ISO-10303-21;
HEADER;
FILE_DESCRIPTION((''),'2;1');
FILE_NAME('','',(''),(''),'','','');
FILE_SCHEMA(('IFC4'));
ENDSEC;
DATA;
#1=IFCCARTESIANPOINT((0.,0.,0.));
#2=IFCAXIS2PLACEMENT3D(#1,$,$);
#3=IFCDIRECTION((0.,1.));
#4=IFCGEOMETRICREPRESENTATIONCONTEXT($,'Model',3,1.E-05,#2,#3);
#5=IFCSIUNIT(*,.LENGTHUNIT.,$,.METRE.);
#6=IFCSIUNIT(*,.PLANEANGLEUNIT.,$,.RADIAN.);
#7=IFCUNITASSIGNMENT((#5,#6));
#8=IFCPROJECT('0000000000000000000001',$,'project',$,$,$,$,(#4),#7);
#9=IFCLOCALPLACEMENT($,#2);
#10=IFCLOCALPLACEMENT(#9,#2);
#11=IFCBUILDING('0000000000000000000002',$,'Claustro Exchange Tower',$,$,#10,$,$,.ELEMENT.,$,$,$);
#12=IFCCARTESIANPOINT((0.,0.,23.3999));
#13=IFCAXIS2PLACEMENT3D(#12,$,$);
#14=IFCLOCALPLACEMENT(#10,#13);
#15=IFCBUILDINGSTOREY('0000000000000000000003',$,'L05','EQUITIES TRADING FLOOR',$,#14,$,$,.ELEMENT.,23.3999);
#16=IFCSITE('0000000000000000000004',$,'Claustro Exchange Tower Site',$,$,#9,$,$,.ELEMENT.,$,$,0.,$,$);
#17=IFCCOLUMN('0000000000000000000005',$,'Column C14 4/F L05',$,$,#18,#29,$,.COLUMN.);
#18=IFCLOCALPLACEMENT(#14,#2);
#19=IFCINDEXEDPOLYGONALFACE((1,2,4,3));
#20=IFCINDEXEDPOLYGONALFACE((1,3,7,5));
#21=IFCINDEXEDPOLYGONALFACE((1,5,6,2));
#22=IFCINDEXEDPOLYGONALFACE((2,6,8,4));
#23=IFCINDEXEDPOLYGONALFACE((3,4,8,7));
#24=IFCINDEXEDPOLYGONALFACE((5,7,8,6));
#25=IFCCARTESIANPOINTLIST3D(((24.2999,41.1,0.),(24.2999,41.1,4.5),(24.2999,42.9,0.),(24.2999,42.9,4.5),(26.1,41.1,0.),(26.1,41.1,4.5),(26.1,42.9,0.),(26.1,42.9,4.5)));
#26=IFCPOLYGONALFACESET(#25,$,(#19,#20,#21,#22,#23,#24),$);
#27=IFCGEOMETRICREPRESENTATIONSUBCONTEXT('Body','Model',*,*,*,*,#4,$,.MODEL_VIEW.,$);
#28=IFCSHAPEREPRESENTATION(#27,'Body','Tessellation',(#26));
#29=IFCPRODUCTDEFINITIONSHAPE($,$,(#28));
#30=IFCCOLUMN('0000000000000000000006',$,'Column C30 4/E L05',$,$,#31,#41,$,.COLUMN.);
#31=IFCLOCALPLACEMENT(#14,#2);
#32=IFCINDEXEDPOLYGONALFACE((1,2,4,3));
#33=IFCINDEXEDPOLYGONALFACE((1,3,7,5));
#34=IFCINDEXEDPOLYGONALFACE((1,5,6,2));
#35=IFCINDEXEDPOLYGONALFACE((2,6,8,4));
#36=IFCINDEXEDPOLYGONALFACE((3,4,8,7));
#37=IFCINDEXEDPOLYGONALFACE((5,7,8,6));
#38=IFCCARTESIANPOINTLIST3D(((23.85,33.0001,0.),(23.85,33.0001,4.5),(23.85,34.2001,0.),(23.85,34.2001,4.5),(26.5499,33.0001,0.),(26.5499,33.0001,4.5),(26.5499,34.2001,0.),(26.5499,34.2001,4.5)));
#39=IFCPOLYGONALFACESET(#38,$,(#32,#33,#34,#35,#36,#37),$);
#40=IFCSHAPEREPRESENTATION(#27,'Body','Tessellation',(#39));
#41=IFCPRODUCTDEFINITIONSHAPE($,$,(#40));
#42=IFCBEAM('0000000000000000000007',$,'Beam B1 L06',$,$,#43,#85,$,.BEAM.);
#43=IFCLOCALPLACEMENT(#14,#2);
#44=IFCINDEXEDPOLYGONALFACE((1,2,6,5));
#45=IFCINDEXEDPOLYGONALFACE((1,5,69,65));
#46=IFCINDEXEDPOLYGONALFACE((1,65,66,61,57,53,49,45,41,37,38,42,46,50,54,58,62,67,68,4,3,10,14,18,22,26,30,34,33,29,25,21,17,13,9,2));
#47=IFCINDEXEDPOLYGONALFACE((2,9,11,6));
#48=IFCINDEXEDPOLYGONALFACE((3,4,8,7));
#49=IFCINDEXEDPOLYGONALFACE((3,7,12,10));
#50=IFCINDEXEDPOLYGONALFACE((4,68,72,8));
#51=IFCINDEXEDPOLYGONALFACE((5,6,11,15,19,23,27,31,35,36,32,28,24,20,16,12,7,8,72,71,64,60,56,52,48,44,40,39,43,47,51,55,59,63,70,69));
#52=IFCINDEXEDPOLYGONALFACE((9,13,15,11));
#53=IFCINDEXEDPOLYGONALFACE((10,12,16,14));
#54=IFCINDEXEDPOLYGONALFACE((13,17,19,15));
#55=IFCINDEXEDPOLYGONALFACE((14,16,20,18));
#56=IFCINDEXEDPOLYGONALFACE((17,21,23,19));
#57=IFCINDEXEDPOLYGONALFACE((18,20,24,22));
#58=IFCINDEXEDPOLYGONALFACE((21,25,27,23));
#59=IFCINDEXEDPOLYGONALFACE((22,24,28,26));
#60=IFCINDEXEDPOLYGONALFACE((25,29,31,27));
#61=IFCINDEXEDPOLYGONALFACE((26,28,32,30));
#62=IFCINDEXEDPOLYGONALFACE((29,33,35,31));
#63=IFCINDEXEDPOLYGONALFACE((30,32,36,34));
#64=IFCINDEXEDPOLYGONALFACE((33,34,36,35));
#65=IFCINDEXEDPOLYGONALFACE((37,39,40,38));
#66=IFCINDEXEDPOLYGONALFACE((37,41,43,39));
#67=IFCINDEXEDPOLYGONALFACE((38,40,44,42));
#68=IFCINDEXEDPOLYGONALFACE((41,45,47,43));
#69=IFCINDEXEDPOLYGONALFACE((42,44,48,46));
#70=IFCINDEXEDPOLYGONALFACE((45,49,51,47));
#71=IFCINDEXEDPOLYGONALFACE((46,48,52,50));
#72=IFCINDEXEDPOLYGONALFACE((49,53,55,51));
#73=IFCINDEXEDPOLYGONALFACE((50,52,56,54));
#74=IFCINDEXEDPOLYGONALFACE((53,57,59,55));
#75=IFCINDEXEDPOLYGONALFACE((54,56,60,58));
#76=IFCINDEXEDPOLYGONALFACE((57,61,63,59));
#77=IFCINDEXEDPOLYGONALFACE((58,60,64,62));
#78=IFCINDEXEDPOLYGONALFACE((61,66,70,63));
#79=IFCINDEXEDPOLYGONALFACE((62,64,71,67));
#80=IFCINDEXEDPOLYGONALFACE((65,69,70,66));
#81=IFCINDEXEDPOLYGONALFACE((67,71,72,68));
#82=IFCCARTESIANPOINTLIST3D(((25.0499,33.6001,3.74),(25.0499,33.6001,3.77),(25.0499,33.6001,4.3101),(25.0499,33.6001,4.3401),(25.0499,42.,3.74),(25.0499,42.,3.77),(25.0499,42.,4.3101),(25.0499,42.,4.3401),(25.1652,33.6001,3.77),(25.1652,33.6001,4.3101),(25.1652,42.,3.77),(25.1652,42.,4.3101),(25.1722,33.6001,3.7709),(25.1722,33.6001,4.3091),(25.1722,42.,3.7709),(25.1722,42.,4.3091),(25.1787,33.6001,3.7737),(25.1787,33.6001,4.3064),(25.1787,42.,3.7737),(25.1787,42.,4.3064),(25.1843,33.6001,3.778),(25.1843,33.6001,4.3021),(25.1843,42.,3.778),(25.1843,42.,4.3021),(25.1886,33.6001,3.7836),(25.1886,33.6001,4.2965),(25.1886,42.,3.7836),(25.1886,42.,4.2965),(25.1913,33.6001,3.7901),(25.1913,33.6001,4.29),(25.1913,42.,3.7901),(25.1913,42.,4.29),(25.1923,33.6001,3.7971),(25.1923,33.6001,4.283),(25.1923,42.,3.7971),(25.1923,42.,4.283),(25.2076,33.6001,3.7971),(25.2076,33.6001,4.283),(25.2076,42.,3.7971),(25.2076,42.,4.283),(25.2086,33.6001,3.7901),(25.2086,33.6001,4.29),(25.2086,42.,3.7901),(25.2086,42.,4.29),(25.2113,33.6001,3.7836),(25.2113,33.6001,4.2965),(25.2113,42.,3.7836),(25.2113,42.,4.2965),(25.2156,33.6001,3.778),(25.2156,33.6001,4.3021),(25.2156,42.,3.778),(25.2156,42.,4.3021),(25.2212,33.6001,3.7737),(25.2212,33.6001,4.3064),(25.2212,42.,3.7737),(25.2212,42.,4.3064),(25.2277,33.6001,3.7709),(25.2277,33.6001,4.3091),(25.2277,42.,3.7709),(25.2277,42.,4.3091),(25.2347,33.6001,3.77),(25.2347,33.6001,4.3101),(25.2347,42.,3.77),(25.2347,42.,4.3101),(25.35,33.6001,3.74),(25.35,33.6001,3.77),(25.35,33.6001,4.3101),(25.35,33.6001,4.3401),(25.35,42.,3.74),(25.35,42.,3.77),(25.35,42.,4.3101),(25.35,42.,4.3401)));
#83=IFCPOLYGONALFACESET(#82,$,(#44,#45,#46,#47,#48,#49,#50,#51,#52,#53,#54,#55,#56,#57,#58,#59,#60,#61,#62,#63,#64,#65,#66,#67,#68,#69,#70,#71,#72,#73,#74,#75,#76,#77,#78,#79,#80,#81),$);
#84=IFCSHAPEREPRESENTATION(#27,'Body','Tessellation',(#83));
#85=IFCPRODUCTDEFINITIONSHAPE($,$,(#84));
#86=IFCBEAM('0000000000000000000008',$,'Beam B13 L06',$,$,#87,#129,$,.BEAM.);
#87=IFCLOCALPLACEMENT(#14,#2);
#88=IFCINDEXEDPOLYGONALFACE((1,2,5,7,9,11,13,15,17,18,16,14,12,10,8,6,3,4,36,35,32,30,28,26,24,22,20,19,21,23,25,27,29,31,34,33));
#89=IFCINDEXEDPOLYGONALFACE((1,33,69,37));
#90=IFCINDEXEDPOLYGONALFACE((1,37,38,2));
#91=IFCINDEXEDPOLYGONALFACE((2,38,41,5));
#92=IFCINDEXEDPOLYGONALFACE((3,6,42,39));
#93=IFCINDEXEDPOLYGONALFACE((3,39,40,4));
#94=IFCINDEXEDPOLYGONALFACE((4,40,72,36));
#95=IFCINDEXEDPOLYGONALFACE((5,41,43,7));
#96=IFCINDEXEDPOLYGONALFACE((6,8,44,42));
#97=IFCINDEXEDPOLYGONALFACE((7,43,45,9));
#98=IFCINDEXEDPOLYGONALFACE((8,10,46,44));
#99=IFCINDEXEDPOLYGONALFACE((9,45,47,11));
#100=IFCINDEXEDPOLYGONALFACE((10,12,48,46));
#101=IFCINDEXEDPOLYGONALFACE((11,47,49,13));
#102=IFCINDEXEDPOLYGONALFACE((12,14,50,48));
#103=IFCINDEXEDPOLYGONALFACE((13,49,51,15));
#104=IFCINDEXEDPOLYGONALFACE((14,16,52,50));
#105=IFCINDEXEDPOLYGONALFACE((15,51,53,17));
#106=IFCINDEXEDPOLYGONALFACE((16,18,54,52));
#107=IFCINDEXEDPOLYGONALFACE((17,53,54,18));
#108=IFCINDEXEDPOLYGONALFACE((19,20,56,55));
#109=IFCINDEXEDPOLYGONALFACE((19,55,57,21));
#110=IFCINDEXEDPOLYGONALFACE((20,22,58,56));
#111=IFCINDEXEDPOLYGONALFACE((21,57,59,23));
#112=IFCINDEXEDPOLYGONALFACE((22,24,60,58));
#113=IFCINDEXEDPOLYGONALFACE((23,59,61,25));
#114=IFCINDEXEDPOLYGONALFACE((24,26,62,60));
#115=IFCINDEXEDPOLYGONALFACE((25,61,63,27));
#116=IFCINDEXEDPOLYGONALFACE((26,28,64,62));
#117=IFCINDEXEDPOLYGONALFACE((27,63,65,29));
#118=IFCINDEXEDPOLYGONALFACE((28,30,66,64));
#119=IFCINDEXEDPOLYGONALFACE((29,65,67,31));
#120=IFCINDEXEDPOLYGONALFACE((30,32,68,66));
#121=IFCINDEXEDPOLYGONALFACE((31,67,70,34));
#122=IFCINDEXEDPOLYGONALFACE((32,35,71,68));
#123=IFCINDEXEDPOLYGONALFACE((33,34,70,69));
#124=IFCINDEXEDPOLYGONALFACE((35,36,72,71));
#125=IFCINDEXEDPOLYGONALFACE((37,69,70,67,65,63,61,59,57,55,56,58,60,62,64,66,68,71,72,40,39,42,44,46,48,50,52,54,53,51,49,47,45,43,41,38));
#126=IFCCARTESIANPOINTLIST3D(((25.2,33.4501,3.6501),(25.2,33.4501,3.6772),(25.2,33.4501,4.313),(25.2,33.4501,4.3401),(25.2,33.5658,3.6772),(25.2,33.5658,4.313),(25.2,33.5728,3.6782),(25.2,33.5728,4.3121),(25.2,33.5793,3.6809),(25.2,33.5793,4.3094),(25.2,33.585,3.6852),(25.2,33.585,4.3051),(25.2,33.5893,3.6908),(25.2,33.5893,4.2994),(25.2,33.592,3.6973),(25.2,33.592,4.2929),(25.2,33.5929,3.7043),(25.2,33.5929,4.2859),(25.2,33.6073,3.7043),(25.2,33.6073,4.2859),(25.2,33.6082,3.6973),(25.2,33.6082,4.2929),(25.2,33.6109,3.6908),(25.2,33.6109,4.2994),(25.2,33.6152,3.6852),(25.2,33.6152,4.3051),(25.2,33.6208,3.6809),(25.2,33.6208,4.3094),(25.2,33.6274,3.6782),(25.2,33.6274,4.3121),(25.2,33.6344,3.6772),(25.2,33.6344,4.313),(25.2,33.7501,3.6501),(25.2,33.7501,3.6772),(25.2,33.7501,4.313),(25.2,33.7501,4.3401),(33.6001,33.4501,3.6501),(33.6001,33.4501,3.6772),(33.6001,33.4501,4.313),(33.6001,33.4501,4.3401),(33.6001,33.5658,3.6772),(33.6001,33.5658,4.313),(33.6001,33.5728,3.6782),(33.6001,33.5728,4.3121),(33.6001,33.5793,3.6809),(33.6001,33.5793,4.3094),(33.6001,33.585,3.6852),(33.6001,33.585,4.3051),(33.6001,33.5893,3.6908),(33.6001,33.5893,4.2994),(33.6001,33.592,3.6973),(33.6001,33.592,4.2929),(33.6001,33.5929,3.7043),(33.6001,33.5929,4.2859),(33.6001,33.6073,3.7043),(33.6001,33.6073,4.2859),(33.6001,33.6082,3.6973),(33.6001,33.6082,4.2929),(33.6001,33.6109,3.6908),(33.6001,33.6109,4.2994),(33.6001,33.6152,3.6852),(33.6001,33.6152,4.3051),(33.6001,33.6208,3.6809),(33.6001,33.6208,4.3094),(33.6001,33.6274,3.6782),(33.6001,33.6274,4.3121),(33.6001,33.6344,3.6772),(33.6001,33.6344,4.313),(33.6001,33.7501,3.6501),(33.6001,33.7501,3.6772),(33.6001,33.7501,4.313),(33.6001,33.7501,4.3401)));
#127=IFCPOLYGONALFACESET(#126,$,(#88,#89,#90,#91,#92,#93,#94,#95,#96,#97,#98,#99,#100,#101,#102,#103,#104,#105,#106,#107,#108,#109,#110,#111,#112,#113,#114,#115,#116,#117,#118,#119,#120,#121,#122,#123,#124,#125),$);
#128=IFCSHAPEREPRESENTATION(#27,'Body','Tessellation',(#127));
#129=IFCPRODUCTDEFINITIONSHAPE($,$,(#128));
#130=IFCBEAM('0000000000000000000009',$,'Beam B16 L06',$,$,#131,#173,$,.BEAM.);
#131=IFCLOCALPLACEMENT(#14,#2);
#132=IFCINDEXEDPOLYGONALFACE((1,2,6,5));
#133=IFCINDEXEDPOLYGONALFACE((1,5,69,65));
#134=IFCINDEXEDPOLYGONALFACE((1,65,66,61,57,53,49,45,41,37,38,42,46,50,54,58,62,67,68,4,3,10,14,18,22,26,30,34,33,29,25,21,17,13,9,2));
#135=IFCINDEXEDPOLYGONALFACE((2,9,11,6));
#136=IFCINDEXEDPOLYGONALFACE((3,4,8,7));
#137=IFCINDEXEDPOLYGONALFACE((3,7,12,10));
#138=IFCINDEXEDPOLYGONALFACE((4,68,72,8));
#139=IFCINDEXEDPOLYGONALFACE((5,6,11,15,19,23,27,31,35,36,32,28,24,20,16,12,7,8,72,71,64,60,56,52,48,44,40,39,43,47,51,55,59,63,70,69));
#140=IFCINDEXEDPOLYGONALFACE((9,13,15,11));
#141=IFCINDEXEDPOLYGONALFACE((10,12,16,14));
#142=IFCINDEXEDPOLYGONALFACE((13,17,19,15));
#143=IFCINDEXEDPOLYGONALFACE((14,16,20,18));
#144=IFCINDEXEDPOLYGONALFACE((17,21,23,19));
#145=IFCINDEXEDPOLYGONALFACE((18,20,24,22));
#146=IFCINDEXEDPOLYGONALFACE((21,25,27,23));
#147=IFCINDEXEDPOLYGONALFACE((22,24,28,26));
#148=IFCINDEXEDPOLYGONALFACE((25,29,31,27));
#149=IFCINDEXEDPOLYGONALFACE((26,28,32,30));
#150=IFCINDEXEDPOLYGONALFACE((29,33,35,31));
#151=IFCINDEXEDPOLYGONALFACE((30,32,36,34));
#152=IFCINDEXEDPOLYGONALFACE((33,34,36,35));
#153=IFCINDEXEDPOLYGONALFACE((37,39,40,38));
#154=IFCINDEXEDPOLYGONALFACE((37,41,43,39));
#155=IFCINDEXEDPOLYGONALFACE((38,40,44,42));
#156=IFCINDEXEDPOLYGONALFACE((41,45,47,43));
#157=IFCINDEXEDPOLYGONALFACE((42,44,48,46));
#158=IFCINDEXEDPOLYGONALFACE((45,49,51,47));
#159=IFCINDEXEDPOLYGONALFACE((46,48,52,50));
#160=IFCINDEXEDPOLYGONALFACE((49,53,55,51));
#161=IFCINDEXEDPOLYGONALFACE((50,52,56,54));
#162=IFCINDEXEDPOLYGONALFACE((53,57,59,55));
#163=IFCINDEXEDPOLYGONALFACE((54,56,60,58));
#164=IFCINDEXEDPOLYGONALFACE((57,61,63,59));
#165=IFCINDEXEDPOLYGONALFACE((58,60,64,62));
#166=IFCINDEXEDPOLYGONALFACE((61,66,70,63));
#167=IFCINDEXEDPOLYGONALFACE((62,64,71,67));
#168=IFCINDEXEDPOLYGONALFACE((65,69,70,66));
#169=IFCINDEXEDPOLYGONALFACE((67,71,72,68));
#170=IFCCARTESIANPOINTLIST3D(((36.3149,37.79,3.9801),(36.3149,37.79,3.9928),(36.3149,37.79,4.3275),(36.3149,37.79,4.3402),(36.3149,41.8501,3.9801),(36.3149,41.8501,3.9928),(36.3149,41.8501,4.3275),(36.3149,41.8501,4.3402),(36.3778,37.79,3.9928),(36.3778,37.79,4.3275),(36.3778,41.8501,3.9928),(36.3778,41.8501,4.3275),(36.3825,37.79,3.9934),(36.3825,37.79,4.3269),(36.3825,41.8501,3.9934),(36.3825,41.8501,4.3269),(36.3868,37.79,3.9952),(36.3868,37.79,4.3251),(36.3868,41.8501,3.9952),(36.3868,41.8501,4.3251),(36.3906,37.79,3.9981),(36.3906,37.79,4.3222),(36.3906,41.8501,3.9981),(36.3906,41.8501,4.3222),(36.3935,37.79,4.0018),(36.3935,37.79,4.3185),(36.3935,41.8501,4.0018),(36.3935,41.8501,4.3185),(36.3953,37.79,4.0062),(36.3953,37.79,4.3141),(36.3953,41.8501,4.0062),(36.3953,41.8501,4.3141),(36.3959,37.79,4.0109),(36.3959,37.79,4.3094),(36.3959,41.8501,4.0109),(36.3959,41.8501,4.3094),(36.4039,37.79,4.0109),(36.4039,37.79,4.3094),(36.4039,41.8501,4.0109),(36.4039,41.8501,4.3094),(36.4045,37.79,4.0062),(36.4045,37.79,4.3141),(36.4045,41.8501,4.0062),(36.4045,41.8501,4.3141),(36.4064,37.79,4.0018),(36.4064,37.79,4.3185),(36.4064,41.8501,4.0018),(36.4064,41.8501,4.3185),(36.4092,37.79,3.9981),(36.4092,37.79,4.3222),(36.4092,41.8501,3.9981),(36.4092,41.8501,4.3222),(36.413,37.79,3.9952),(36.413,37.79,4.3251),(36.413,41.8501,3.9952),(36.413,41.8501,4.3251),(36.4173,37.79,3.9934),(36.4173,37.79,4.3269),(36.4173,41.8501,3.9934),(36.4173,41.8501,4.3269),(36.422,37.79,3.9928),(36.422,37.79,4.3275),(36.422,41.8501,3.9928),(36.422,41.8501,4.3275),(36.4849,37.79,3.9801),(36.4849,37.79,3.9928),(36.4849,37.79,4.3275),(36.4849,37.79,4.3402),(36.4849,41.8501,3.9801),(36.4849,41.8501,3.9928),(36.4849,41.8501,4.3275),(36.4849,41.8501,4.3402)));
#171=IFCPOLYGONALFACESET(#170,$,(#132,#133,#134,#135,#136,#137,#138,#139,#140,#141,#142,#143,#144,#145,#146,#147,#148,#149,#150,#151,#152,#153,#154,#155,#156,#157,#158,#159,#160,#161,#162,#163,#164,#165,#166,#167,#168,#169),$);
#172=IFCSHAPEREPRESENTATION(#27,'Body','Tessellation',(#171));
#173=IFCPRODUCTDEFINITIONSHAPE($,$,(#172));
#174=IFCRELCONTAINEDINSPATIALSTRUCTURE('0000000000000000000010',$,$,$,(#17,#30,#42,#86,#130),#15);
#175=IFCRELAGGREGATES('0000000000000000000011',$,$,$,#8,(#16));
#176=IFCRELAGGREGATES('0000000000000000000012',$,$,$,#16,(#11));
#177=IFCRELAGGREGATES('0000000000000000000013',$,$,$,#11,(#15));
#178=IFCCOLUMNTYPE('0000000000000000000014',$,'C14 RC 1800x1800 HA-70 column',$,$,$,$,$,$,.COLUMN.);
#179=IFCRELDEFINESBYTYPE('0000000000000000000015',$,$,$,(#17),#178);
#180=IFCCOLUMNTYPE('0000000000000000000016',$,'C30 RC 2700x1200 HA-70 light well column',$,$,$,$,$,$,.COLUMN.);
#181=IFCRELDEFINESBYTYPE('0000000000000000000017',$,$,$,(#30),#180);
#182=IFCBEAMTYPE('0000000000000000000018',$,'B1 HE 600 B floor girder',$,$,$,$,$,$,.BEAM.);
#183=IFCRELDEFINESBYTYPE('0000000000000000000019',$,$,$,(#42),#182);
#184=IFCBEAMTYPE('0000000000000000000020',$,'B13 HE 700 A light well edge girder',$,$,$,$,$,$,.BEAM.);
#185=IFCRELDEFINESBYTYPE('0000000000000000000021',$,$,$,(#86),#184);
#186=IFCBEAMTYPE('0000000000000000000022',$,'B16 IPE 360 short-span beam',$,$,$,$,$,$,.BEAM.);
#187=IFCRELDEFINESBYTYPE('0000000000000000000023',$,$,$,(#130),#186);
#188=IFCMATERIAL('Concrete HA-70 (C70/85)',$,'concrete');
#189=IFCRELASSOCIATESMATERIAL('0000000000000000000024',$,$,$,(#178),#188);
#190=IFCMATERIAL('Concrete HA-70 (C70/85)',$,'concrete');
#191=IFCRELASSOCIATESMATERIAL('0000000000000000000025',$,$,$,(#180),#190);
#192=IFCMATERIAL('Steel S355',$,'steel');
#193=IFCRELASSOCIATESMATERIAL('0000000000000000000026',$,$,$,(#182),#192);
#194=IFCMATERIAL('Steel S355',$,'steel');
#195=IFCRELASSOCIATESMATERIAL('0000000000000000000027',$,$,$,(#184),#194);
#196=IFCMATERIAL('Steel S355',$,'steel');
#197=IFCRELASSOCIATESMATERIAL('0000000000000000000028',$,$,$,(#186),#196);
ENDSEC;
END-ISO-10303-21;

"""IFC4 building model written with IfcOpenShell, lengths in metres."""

from ifc_helpers import new_model, si_unit, direction, frame, origin, origin_2d, place, context, subcontext, project, spatial, rectangle, i_section, extrude, material, material_profile, profile_set, type_object, element, save


model = new_model("IFC4")

# Units and contexts
model_context = context("Model", 3, precision=1e-05, world=origin(), true_north=direction((0.0, 1.0)))
body_context = subcontext(model_context, "Body", "Model", "MODEL_VIEW")
ifc_project = project(units=[si_unit("LENGTHUNIT", "METRE"), si_unit("PLANEANGLEUNIT", "RADIAN")], contexts=[model_context])

# Site, building, storey
site_placement = place(None, origin())
site = spatial("IfcSite", under=ifc_project, at=site_placement, Name="Claustro Exchange Tower Site", CompositionType="ELEMENT", RefElevation=0.0)
building_placement = place(site_placement, origin())
building = spatial("IfcBuilding", under=site, at=building_placement, Name="Claustro Exchange Tower", CompositionType="ELEMENT")
storey_placement = place(building_placement, frame((0.0, 0.0, 23.3999)))
storey = spatial("IfcBuildingStorey", under=building, at=storey_placement, Name="L05", Description="EQUITIES TRADING FLOOR", CompositionType="ELEMENT", Elevation=23.3999)

# Columns
ifc_material_1 = material(Name="Concrete HA-70 (C70/85)", Category="concrete")
ifc_material_profile_1 = material_profile(ifc_material_1, rectangle(XDim=1.8, YDim=1.8, at=origin_2d()), Name="RC 1800x1800")
ifc_profile_set_1 = profile_set([ifc_material_profile_1], Name="Concrete HA-70 (C70/85)")
column_type_1 = type_object("IfcColumnType", Name="C14 RC 1800x1800 HA-70 column", PredefinedType="COLUMN", material=ifc_profile_set_1)
column_1_placement = place(storey_placement, frame((25.2, 42.0, 0.0), z_axis=(0.0, 0.0, 1.0), x_axis=(1.0, 0.0, 0.0)))
element("IfcColumn", 1, at=column_1_placement, inside=storey, type_object=column_type_1, Name="Column C14 4/F L05", PredefinedType="COLUMN", context=body_context, shape_type="SweptSolid", body=[
    extrude(rectangle(XDim=1.8, YDim=1.8, at=origin_2d()), origin(), (0.0, 0.0, 1.0), 4.5),
])
ifc_material_2 = material(Name="Concrete HA-70 (C70/85)", Category="concrete")
ifc_material_profile_2 = material_profile(ifc_material_2, rectangle(XDim=2.7, YDim=1.2, at=origin_2d()), Name="RC 2700x1200")
ifc_profile_set_2 = profile_set([ifc_material_profile_2], Name="Concrete HA-70 (C70/85)")
column_type_2 = type_object("IfcColumnType", Name="C30 RC 2700x1200 HA-70 light well column", PredefinedType="COLUMN", material=ifc_profile_set_2)
column_2_placement = place(storey_placement, frame((25.2, 33.6001, 0.0), z_axis=(0.0, 0.0, 1.0), x_axis=(1.0, 0.0, 0.0)))
element("IfcColumn", 2, at=column_2_placement, inside=storey, type_object=column_type_2, Name="Column C30 4/E L05", PredefinedType="COLUMN", context=body_context, shape_type="SweptSolid", body=[
    extrude(rectangle(XDim=2.7, YDim=1.2, at=origin_2d()), origin(), (0.0, 0.0, 1.0), 4.5),
])

# Beams
ifc_material_3 = material(Name="Steel S355", Category="steel")
ifc_material_profile_3 = material_profile(ifc_material_3, i_section(OverallWidth=0.3, OverallDepth=0.6001, WebThickness=0.0154, FlangeThickness=0.03, FilletRadius=0.0271, at=origin_2d()), Name="HE 600 B")
ifc_profile_set_3 = profile_set([ifc_material_profile_3], Name="Steel S355")
beam_type_1 = type_object("IfcBeamType", Name="B1 HE 600 B floor girder", PredefinedType="BEAM", material=ifc_profile_set_3)
beam_1_placement = place(storey_placement, frame((25.2, 33.6001, 4.04), z_axis=(0.0, 1.0, 0.0), x_axis=(-1.0, 0.0, 0.0)))
element("IfcBeam", 3, at=beam_1_placement, inside=storey, type_object=beam_type_1, Name="Beam B1 L06", PredefinedType="BEAM", context=body_context, shape_type="SweptSolid", body=[
    extrude(i_section(OverallWidth=0.3, OverallDepth=0.6001, WebThickness=0.0154, FlangeThickness=0.03, FilletRadius=0.0271, at=origin_2d()), origin(), (0.0, 0.0, 1.0), 8.3999),
])
ifc_material_4 = material(Name="Steel S355", Category="steel")
ifc_material_profile_4 = material_profile(ifc_material_4, i_section(OverallWidth=0.3, OverallDepth=0.6899, WebThickness=0.0144, FlangeThickness=0.0271, FilletRadius=0.0271, at=origin_2d()), Name="HE 700 A")
ifc_profile_set_4 = profile_set([ifc_material_profile_4], Name="Steel S355")
beam_type_2 = type_object("IfcBeamType", Name="B13 HE 700 A light well edge girder", PredefinedType="BEAM", material=ifc_profile_set_4)
beam_2_placement = place(storey_placement, frame((25.2, 33.6001, 3.9951), z_axis=(1.0, 0.0, 0.0), x_axis=(0.0, 1.0, 0.0)))
element("IfcBeam", 4, at=beam_2_placement, inside=storey, type_object=beam_type_2, Name="Beam B13 L06", PredefinedType="BEAM", context=body_context, shape_type="SweptSolid", body=[
    extrude(i_section(OverallWidth=0.3, OverallDepth=0.6899, WebThickness=0.0144, FlangeThickness=0.0271, FilletRadius=0.0271, at=origin_2d()), origin(), (0.0, 0.0, 1.0), 8.4001),
])
ifc_material_5 = material(Name="Steel S355", Category="steel")
ifc_material_profile_5 = material_profile(ifc_material_5, i_section(OverallWidth=0.1699, OverallDepth=0.3601, WebThickness=0.0081, FlangeThickness=0.0127, FilletRadius=0.0181, at=origin_2d()), Name="IPE 360")
ifc_profile_set_5 = profile_set([ifc_material_profile_5], Name="Steel S355")
beam_type_3 = type_object("IfcBeamType", Name="B16 IPE 360 short-span beam", PredefinedType="BEAM", material=ifc_profile_set_5)
for number, where, z_axis, x_axis, name in (
    (5, (36.3999, 37.79, 4.1602), (0.0, 1.0, 0.0), (-1.0, 0.0, 0.0), "Beam B16 L06"),
):
    element("IfcBeam", number, at=place(storey_placement, frame(where, z_axis=z_axis, x_axis=x_axis)), inside=storey, type_object=beam_type_3, Name=name, PredefinedType="BEAM", context=body_context, shape_type="SweptSolid", body=[
        extrude(i_section(OverallWidth=0.1699, OverallDepth=0.3601, WebThickness=0.0081, FlangeThickness=0.0127, FilletRadius=0.0181, at=origin_2d()), origin(), (0.0, 0.0, 1.0), 4.0601),
    ])

save(model, "model.ifc")
